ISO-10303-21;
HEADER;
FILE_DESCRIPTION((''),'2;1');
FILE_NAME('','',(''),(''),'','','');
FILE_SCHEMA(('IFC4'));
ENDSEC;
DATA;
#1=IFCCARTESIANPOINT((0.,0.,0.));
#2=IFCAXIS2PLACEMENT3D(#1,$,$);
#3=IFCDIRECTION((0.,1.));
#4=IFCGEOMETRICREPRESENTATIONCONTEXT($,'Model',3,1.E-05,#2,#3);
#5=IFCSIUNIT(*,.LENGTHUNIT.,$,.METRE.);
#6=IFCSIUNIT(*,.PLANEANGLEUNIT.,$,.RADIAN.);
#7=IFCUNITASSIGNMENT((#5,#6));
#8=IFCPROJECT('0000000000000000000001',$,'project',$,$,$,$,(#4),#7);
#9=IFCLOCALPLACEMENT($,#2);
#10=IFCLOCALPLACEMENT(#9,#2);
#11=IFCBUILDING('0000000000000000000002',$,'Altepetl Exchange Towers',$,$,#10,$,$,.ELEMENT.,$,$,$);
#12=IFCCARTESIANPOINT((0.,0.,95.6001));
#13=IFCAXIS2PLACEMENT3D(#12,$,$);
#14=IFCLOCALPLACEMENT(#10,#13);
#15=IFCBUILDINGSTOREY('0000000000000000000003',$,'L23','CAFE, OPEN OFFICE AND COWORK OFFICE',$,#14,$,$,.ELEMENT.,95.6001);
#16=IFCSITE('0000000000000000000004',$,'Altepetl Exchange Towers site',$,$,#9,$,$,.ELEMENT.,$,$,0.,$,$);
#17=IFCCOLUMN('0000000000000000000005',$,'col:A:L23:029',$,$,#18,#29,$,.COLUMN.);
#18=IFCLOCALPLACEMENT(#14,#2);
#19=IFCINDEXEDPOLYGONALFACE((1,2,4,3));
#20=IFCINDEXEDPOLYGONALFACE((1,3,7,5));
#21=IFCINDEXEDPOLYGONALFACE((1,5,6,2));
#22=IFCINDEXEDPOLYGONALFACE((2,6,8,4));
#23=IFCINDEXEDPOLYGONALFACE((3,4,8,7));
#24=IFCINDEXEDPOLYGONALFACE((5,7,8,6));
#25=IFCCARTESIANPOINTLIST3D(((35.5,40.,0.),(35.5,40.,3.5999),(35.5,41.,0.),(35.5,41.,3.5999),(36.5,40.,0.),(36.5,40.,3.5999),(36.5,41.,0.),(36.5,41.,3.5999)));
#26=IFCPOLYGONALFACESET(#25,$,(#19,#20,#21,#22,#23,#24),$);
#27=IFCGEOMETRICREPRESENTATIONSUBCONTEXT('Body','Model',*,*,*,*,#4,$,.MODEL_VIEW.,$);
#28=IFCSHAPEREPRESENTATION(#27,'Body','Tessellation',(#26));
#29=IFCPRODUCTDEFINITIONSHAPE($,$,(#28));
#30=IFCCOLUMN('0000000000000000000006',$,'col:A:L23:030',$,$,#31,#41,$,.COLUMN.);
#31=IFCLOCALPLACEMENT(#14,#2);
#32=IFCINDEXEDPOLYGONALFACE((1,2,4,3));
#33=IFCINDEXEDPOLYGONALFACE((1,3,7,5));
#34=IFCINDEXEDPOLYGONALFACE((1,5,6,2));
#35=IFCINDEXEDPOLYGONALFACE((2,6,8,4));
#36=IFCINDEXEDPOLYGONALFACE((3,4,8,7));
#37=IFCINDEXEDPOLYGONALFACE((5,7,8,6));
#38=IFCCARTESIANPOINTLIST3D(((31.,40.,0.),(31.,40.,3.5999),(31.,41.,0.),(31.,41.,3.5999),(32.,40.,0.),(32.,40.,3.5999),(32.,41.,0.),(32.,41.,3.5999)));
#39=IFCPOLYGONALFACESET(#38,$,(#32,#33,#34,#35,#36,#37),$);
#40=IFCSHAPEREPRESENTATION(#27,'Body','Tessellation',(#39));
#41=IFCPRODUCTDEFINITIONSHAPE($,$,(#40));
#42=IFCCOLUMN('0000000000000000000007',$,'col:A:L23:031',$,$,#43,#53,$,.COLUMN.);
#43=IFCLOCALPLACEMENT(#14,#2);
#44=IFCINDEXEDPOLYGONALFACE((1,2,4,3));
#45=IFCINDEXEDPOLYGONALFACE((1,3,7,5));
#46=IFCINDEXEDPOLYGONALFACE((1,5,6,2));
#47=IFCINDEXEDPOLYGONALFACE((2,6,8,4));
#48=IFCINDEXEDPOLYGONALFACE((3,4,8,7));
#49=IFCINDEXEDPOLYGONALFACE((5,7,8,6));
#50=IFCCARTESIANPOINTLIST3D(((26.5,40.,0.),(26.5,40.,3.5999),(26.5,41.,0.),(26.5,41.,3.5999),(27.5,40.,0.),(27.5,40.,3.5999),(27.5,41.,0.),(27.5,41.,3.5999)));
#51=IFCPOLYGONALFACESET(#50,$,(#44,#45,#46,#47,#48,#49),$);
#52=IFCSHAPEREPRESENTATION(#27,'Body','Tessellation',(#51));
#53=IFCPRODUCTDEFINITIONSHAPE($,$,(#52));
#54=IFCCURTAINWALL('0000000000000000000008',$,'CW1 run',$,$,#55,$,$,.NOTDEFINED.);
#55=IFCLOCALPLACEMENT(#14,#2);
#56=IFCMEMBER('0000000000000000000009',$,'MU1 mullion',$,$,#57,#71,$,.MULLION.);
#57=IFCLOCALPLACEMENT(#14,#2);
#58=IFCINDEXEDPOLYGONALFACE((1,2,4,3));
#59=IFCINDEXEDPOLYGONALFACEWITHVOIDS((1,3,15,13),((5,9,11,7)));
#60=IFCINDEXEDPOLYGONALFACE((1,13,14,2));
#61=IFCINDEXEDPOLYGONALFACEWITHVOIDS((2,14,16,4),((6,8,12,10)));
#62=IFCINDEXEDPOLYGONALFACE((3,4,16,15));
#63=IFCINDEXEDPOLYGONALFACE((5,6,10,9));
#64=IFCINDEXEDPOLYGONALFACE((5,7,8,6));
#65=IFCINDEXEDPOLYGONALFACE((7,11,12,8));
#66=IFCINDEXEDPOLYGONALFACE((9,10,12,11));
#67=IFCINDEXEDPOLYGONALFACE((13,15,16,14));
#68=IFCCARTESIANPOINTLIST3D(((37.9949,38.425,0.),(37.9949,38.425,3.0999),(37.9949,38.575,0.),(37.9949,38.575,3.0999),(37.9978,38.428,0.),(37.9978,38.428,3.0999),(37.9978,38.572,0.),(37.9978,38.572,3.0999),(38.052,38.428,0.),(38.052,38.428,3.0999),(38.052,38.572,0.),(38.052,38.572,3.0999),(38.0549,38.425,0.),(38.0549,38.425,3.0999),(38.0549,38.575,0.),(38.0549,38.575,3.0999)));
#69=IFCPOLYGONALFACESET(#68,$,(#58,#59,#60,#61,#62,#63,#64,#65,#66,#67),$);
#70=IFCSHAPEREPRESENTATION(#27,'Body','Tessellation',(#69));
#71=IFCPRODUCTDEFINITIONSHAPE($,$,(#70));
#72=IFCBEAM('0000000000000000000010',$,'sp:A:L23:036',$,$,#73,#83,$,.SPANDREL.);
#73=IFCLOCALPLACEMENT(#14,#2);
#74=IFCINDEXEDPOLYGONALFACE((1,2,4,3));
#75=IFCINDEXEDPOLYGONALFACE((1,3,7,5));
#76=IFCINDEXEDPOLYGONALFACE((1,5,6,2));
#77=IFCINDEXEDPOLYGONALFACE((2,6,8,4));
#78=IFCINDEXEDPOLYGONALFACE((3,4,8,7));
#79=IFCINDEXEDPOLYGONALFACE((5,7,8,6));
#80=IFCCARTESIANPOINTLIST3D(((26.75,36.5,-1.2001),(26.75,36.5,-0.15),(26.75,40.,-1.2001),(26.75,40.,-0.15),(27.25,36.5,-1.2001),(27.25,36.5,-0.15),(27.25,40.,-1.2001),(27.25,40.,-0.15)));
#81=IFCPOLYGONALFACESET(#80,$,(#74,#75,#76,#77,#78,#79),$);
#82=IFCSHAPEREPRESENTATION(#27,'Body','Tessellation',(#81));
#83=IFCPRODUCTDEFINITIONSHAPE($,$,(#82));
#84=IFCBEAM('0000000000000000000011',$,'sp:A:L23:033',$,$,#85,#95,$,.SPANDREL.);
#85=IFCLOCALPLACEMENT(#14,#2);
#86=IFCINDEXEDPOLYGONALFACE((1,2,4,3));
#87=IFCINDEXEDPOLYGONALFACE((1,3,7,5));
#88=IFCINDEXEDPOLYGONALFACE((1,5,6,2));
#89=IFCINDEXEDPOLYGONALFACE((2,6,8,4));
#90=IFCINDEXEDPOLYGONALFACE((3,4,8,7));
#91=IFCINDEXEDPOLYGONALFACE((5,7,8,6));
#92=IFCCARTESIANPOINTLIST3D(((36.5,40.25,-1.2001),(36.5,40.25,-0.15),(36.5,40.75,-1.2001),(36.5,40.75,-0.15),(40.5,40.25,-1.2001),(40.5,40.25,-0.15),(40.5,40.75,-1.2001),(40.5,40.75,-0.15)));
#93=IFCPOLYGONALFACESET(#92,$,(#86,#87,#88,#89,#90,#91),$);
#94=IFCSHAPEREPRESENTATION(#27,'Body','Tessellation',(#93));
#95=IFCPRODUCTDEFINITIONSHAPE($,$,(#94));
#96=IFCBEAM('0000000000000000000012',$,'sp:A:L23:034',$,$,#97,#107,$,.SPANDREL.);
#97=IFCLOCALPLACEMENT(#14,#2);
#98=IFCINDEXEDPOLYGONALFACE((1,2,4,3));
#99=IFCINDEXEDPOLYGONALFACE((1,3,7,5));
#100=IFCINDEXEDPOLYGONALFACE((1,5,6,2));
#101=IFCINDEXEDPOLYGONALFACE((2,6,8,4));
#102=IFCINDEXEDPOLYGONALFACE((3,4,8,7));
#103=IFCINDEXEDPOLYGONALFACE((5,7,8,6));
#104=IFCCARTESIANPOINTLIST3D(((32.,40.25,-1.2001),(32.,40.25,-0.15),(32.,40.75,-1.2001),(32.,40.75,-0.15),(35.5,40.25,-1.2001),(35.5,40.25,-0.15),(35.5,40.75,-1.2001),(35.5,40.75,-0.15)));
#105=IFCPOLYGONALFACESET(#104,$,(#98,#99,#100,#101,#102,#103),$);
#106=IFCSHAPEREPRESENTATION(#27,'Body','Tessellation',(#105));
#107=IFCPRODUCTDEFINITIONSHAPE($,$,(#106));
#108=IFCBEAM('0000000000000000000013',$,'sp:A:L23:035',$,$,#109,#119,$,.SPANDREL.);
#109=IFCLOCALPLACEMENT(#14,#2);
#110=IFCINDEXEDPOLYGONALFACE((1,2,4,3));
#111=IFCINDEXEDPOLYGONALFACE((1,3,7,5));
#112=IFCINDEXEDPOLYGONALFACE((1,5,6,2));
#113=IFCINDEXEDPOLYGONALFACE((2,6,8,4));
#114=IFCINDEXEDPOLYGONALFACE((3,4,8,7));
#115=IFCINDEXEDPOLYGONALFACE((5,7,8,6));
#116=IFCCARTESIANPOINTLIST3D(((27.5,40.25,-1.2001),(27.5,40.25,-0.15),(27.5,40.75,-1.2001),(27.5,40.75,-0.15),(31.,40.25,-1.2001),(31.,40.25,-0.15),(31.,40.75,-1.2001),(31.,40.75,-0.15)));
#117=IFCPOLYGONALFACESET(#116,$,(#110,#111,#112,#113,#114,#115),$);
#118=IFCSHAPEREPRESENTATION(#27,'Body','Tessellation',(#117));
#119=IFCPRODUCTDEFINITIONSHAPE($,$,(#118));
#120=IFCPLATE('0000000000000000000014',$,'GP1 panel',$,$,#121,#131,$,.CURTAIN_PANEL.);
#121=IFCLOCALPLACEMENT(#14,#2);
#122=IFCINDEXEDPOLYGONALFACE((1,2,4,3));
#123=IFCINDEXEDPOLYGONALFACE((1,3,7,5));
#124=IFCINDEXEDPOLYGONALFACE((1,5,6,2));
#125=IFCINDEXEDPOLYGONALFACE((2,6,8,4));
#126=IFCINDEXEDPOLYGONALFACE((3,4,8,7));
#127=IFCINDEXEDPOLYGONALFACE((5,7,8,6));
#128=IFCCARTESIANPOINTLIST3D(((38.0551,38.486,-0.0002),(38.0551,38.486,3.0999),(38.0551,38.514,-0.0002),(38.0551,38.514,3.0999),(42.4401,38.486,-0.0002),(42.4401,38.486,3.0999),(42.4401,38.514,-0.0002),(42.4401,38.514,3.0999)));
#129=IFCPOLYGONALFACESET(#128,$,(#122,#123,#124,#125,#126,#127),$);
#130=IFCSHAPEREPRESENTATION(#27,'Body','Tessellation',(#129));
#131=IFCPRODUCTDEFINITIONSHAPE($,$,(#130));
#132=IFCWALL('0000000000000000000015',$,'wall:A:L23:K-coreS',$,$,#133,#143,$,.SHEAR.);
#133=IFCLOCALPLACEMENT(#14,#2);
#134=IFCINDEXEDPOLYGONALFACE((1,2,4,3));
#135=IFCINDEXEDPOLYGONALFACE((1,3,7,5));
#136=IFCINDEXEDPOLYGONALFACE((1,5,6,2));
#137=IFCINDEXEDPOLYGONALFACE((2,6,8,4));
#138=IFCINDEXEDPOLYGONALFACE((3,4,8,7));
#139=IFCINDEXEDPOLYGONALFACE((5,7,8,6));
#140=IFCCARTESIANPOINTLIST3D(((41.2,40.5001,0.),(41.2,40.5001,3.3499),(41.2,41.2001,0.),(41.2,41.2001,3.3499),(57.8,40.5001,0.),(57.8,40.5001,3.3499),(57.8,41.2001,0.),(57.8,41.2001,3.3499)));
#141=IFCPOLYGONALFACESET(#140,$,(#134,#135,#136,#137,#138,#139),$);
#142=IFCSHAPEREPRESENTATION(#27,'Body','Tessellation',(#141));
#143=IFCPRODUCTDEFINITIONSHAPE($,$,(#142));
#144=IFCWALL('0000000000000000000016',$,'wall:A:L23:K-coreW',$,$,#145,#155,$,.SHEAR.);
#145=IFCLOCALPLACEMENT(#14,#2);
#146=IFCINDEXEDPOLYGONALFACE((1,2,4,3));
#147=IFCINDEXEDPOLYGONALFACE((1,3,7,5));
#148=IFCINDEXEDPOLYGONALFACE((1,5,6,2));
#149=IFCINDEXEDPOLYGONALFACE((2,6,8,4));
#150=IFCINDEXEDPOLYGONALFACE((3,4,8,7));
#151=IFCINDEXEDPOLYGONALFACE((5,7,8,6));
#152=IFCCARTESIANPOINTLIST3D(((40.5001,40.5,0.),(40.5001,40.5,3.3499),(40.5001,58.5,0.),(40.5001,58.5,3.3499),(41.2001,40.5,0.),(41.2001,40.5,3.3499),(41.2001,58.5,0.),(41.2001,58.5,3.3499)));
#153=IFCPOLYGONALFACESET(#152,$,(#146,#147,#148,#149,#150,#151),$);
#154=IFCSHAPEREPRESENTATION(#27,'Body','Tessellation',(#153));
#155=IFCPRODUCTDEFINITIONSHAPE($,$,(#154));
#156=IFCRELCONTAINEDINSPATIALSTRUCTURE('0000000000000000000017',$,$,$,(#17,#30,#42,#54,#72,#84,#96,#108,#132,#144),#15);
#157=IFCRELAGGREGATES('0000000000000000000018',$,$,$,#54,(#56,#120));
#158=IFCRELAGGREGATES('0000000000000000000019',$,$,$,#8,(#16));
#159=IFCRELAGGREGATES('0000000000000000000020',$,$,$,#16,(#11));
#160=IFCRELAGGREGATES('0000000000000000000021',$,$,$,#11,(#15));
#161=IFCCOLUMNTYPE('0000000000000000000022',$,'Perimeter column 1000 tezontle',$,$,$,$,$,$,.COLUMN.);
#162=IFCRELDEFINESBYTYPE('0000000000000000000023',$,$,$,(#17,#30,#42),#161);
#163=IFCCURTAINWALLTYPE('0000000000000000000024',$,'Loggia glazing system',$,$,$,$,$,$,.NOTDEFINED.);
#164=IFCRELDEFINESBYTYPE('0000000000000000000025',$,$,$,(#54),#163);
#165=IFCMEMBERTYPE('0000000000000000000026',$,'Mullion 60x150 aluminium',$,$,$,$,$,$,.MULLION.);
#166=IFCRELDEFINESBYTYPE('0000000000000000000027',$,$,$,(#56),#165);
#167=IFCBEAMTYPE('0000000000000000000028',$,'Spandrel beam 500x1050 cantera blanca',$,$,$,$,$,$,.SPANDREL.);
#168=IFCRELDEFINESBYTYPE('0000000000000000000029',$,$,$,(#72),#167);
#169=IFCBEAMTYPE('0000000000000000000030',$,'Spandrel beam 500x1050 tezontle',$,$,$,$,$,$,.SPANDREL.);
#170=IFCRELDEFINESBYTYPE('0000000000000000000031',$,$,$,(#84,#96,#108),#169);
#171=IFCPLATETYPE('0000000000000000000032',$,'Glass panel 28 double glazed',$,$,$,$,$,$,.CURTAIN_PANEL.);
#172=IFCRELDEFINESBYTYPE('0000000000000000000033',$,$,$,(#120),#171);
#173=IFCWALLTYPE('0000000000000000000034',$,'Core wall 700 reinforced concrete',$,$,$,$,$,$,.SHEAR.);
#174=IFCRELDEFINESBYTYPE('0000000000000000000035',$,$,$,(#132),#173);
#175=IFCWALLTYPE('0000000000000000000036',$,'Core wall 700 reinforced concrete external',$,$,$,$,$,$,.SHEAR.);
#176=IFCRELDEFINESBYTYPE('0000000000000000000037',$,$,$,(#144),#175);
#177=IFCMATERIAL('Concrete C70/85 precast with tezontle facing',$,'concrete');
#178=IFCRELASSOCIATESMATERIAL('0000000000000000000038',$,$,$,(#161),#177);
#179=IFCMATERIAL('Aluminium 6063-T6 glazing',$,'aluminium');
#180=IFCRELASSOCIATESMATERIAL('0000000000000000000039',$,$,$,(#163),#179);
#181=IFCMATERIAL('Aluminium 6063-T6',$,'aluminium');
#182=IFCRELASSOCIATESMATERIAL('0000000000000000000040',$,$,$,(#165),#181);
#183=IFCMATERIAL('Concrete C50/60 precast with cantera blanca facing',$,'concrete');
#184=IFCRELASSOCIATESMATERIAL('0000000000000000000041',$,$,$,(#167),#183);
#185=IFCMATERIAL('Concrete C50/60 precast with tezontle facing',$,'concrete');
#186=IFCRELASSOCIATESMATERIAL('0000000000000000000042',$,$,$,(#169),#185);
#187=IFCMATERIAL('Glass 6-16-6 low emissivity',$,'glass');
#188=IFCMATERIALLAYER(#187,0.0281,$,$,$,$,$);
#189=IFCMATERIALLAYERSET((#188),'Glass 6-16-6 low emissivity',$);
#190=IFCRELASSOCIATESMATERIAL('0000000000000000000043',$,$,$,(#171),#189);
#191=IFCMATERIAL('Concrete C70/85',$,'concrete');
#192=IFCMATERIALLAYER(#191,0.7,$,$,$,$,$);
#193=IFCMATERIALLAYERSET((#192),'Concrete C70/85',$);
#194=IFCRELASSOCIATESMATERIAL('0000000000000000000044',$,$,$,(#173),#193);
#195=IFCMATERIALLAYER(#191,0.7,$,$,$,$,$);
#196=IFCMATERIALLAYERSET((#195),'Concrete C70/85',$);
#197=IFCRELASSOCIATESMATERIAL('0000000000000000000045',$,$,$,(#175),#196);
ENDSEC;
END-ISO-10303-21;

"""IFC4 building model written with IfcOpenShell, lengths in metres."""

from ifc_helpers import new_model, si_unit, direction, frame, frame_2d, origin, origin_2d, place, context, subcontext, project, spatial, rectangle, hollow_rectangle, extrude, material, layer, layer_set, material_profile, profile_set, type_object, element, aggregate, save


model = new_model("IFC4")

# Units and contexts
model_context = context("Model", 3, precision=1e-05, world=origin(), true_north=direction((0.0, 1.0)))
body_context = subcontext(model_context, "Body", "Model", "MODEL_VIEW")
ifc_project = project(units=[si_unit("LENGTHUNIT", "METRE"), si_unit("PLANEANGLEUNIT", "RADIAN")], contexts=[model_context])

# Site, building, storey
site_placement = place(None, origin())
site = spatial("IfcSite", under=ifc_project, at=site_placement, Name="Altepetl Exchange Towers site", CompositionType="ELEMENT", RefElevation=0.0)
building_placement = place(site_placement, origin())
building = spatial("IfcBuilding", under=site, at=building_placement, Name="Altepetl Exchange Towers", CompositionType="ELEMENT")
storey_placement = place(building_placement, frame((0.0, 0.0, 95.6001)))
storey = spatial("IfcBuildingStorey", under=building, at=storey_placement, Name="L23", Description="CAFE, OPEN OFFICE AND COWORK OFFICE", CompositionType="ELEMENT", Elevation=95.6001)

# Columns
ifc_material_1 = material(Name="Concrete C70/85 precast with tezontle facing", Category="concrete")
ifc_material_profile_1 = material_profile(ifc_material_1, rectangle(XDim=1.0, YDim=1.0, at=origin_2d()), Name="1000 x 1000")
ifc_profile_set_1 = profile_set([ifc_material_profile_1], Name="Concrete C70/85 precast with tezontle facing")
column_type = type_object("IfcColumnType", Name="Perimeter column 1000 tezontle", PredefinedType="COLUMN", material=ifc_profile_set_1)
for number, where, name in (
    (1, (36.0, 40.5, 0.0), "col:A:L23:029"),
    (2, (31.5, 40.5, 0.0), "col:A:L23:030"),
    (3, (27.0, 40.5, 0.0), "col:A:L23:031"),
):
    element("IfcColumn", number, at=place(storey_placement, frame(where)), inside=storey, type_object=column_type, Name=name, PredefinedType="COLUMN", context=body_context, shape_type="SweptSolid", body=[
        extrude(rectangle(XDim=1.0, YDim=1.0, at=origin_2d()), origin(), (0.0, 0.0, 1.0), 3.5999),
    ])

# Curtain wall, member
ifc_material_2 = material(Name="Aluminium 6063-T6 glazing", Category="aluminium")
curtain_wall_type = type_object("IfcCurtainWallType", Name="Loggia glazing system", PredefinedType="NOTDEFINED", material=ifc_material_2)
curtain_wall_placement = place(storey_placement, origin())
curtain_wall = element("IfcCurtainWall", 4, at=curtain_wall_placement, inside=storey, type_object=curtain_wall_type, Name="CW1 run", PredefinedType="NOTDEFINED")
ifc_material_3 = material(Name="Aluminium 6063-T6", Category="aluminium")
ifc_material_profile_2 = material_profile(ifc_material_3, hollow_rectangle(XDim=0.0601, YDim=0.1499, WallThickness=0.0029, at=origin_2d()), Name="Mullion 60x150 aluminium")
ifc_profile_set_2 = profile_set([ifc_material_profile_2], Name="Aluminium 6063-T6")
member_type = type_object("IfcMemberType", Name="Mullion 60x150 aluminium", PredefinedType="MULLION", material=ifc_profile_set_2)
member_placement = place(storey_placement, frame((38.0249, 38.5, 0.0), z_axis=(0.0, 0.0, 1.0), x_axis=(-1.0, 0.0, 0.0)))
member = element("IfcMember", 5, at=member_placement, type_object=member_type, Name="MU1 mullion", PredefinedType="MULLION", context=body_context, shape_type="SweptSolid", body=[
    extrude(hollow_rectangle(XDim=0.0601, YDim=0.1499, WallThickness=0.0029, at=origin_2d()), origin(), (0.0, 0.0, 1.0), 3.0999),
])

# Beams
ifc_material_4 = material(Name="Concrete C50/60 precast with cantera blanca facing", Category="concrete")
ifc_material_profile_3 = material_profile(ifc_material_4, rectangle(XDim=0.5, YDim=1.05, at=origin_2d()), Name="500 x 1050")
ifc_profile_set_3 = profile_set([ifc_material_profile_3], Name="Concrete C50/60 precast with cantera blanca facing")
beam_type_1 = type_object("IfcBeamType", Name="Spandrel beam 500x1050 cantera blanca", PredefinedType="SPANDREL", material=ifc_profile_set_3)
beam_1_placement = place(storey_placement, frame((27.0, 40.0, -0.675), z_axis=(0.0, -1.0, 0.0), x_axis=(1.0, 0.0, 0.0)))
element("IfcBeam", 6, at=beam_1_placement, inside=storey, type_object=beam_type_1, Name="sp:A:L23:036", PredefinedType="SPANDREL", context=body_context, shape_type="SweptSolid", body=[
    extrude(rectangle(XDim=0.5, YDim=1.05, at=origin_2d()), origin(), (0.0, 0.0, 1.0), 3.5),
])
ifc_material_5 = material(Name="Concrete C50/60 precast with tezontle facing", Category="concrete")
ifc_material_profile_4 = material_profile(ifc_material_5, rectangle(XDim=0.5, YDim=1.05, at=origin_2d()), Name="500 x 1050")
ifc_profile_set_4 = profile_set([ifc_material_profile_4], Name="Concrete C50/60 precast with tezontle facing")
beam_type_2 = type_object("IfcBeamType", Name="Spandrel beam 500x1050 tezontle", PredefinedType="SPANDREL", material=ifc_profile_set_4)
beam_2_placement = place(storey_placement, frame((40.5, 40.5, -0.675), z_axis=(-1.0, 0.0, 0.0), x_axis=(0.0, -1.0, 0.0)))
element("IfcBeam", 7, at=beam_2_placement, inside=storey, type_object=beam_type_2, Name="sp:A:L23:033", PredefinedType="SPANDREL", context=body_context, shape_type="SweptSolid", body=[
    extrude(rectangle(XDim=0.5, YDim=1.05, at=origin_2d()), origin(), (0.0, 0.0, 1.0), 4.0),
])
for number, where, z_axis, x_axis, name in (
    (8, (35.5, 40.5, -0.675), (-1.0, 0.0, 0.0), (0.0, -1.0, 0.0), "sp:A:L23:034"),
    (9, (31.0, 40.5, -0.675), (-1.0, 0.0, 0.0), (0.0, -1.0, 0.0), "sp:A:L23:035"),
):
    element("IfcBeam", number, at=place(storey_placement, frame(where, z_axis=z_axis, x_axis=x_axis)), inside=storey, type_object=beam_type_2, Name=name, PredefinedType="SPANDREL", context=body_context, shape_type="SweptSolid", body=[
        extrude(rectangle(XDim=0.5, YDim=1.05, at=origin_2d()), origin(), (0.0, 0.0, 1.0), 3.5),
    ])

# Plate
ifc_material_6 = material(Name="Glass 6-16-6 low emissivity", Category="glass")
ifc_layer_1 = layer(ifc_material_6, 0.0281)
ifc_layer_set_1 = layer_set([ifc_layer_1], Name="Glass 6-16-6 low emissivity")
plate_type = type_object("IfcPlateType", Name="Glass panel 28 double glazed", PredefinedType="CURTAIN_PANEL", material=ifc_layer_set_1)
plate_placement = place(storey_placement, frame((40.2476, 38.5, -0.0002), z_axis=(0.0, 0.0, 1.0), x_axis=(-1.0, 0.0, 0.0)))
plate = element("IfcPlate", 10, at=plate_placement, type_object=plate_type, Name="GP1 panel", PredefinedType="CURTAIN_PANEL", context=body_context, shape_type="SweptSolid", body=[
    extrude(rectangle(XDim=4.385, YDim=0.0281, at=origin_2d()), origin(), (0.0, 0.0, 1.0), 3.1001),
])
aggregate(curtain_wall, [member, plate])

# Walls
ifc_material_7 = material(Name="Concrete C70/85", Category="concrete")
ifc_layer_2 = layer(ifc_material_7, 0.7)
ifc_layer_set_2 = layer_set([ifc_layer_2], Name="Concrete C70/85")
wall_type_1 = type_object("IfcWallType", Name="Core wall 700 reinforced concrete", PredefinedType="SHEAR", material=ifc_layer_set_2)
wall_1_placement = place(storey_placement, frame((41.2, 40.8501, 0.0)))
element("IfcWall", 11, at=wall_1_placement, inside=storey, type_object=wall_type_1, Name="wall:A:L23:K-coreS", PredefinedType="SHEAR", context=body_context, shape_type="SweptSolid", body=[
    extrude(rectangle(XDim=16.6001, YDim=0.7, at=frame_2d((8.3, 0.0))), origin(), (0.0, 0.0, 1.0), 3.3499),
])
ifc_layer_3 = layer(ifc_material_7, 0.7)
ifc_layer_set_3 = layer_set([ifc_layer_3], Name="Concrete C70/85")
wall_type_2 = type_object("IfcWallType", Name="Core wall 700 reinforced concrete external", PredefinedType="SHEAR", material=ifc_layer_set_3)
wall_2_placement = place(storey_placement, frame((40.8501, 40.5, 0.0), z_axis=(0.0, 0.0, 1.0), x_axis=(0.0, 1.0, 0.0)))
element("IfcWall", 12, at=wall_2_placement, inside=storey, type_object=wall_type_2, Name="wall:A:L23:K-coreW", PredefinedType="SHEAR", context=body_context, shape_type="SweptSolid", body=[
    extrude(rectangle(XDim=18.0, YDim=0.7, at=frame_2d((9.0, 0.0))), origin(), (0.0, 0.0, 1.0), 3.3499),
])

save(model, "model.ifc")
